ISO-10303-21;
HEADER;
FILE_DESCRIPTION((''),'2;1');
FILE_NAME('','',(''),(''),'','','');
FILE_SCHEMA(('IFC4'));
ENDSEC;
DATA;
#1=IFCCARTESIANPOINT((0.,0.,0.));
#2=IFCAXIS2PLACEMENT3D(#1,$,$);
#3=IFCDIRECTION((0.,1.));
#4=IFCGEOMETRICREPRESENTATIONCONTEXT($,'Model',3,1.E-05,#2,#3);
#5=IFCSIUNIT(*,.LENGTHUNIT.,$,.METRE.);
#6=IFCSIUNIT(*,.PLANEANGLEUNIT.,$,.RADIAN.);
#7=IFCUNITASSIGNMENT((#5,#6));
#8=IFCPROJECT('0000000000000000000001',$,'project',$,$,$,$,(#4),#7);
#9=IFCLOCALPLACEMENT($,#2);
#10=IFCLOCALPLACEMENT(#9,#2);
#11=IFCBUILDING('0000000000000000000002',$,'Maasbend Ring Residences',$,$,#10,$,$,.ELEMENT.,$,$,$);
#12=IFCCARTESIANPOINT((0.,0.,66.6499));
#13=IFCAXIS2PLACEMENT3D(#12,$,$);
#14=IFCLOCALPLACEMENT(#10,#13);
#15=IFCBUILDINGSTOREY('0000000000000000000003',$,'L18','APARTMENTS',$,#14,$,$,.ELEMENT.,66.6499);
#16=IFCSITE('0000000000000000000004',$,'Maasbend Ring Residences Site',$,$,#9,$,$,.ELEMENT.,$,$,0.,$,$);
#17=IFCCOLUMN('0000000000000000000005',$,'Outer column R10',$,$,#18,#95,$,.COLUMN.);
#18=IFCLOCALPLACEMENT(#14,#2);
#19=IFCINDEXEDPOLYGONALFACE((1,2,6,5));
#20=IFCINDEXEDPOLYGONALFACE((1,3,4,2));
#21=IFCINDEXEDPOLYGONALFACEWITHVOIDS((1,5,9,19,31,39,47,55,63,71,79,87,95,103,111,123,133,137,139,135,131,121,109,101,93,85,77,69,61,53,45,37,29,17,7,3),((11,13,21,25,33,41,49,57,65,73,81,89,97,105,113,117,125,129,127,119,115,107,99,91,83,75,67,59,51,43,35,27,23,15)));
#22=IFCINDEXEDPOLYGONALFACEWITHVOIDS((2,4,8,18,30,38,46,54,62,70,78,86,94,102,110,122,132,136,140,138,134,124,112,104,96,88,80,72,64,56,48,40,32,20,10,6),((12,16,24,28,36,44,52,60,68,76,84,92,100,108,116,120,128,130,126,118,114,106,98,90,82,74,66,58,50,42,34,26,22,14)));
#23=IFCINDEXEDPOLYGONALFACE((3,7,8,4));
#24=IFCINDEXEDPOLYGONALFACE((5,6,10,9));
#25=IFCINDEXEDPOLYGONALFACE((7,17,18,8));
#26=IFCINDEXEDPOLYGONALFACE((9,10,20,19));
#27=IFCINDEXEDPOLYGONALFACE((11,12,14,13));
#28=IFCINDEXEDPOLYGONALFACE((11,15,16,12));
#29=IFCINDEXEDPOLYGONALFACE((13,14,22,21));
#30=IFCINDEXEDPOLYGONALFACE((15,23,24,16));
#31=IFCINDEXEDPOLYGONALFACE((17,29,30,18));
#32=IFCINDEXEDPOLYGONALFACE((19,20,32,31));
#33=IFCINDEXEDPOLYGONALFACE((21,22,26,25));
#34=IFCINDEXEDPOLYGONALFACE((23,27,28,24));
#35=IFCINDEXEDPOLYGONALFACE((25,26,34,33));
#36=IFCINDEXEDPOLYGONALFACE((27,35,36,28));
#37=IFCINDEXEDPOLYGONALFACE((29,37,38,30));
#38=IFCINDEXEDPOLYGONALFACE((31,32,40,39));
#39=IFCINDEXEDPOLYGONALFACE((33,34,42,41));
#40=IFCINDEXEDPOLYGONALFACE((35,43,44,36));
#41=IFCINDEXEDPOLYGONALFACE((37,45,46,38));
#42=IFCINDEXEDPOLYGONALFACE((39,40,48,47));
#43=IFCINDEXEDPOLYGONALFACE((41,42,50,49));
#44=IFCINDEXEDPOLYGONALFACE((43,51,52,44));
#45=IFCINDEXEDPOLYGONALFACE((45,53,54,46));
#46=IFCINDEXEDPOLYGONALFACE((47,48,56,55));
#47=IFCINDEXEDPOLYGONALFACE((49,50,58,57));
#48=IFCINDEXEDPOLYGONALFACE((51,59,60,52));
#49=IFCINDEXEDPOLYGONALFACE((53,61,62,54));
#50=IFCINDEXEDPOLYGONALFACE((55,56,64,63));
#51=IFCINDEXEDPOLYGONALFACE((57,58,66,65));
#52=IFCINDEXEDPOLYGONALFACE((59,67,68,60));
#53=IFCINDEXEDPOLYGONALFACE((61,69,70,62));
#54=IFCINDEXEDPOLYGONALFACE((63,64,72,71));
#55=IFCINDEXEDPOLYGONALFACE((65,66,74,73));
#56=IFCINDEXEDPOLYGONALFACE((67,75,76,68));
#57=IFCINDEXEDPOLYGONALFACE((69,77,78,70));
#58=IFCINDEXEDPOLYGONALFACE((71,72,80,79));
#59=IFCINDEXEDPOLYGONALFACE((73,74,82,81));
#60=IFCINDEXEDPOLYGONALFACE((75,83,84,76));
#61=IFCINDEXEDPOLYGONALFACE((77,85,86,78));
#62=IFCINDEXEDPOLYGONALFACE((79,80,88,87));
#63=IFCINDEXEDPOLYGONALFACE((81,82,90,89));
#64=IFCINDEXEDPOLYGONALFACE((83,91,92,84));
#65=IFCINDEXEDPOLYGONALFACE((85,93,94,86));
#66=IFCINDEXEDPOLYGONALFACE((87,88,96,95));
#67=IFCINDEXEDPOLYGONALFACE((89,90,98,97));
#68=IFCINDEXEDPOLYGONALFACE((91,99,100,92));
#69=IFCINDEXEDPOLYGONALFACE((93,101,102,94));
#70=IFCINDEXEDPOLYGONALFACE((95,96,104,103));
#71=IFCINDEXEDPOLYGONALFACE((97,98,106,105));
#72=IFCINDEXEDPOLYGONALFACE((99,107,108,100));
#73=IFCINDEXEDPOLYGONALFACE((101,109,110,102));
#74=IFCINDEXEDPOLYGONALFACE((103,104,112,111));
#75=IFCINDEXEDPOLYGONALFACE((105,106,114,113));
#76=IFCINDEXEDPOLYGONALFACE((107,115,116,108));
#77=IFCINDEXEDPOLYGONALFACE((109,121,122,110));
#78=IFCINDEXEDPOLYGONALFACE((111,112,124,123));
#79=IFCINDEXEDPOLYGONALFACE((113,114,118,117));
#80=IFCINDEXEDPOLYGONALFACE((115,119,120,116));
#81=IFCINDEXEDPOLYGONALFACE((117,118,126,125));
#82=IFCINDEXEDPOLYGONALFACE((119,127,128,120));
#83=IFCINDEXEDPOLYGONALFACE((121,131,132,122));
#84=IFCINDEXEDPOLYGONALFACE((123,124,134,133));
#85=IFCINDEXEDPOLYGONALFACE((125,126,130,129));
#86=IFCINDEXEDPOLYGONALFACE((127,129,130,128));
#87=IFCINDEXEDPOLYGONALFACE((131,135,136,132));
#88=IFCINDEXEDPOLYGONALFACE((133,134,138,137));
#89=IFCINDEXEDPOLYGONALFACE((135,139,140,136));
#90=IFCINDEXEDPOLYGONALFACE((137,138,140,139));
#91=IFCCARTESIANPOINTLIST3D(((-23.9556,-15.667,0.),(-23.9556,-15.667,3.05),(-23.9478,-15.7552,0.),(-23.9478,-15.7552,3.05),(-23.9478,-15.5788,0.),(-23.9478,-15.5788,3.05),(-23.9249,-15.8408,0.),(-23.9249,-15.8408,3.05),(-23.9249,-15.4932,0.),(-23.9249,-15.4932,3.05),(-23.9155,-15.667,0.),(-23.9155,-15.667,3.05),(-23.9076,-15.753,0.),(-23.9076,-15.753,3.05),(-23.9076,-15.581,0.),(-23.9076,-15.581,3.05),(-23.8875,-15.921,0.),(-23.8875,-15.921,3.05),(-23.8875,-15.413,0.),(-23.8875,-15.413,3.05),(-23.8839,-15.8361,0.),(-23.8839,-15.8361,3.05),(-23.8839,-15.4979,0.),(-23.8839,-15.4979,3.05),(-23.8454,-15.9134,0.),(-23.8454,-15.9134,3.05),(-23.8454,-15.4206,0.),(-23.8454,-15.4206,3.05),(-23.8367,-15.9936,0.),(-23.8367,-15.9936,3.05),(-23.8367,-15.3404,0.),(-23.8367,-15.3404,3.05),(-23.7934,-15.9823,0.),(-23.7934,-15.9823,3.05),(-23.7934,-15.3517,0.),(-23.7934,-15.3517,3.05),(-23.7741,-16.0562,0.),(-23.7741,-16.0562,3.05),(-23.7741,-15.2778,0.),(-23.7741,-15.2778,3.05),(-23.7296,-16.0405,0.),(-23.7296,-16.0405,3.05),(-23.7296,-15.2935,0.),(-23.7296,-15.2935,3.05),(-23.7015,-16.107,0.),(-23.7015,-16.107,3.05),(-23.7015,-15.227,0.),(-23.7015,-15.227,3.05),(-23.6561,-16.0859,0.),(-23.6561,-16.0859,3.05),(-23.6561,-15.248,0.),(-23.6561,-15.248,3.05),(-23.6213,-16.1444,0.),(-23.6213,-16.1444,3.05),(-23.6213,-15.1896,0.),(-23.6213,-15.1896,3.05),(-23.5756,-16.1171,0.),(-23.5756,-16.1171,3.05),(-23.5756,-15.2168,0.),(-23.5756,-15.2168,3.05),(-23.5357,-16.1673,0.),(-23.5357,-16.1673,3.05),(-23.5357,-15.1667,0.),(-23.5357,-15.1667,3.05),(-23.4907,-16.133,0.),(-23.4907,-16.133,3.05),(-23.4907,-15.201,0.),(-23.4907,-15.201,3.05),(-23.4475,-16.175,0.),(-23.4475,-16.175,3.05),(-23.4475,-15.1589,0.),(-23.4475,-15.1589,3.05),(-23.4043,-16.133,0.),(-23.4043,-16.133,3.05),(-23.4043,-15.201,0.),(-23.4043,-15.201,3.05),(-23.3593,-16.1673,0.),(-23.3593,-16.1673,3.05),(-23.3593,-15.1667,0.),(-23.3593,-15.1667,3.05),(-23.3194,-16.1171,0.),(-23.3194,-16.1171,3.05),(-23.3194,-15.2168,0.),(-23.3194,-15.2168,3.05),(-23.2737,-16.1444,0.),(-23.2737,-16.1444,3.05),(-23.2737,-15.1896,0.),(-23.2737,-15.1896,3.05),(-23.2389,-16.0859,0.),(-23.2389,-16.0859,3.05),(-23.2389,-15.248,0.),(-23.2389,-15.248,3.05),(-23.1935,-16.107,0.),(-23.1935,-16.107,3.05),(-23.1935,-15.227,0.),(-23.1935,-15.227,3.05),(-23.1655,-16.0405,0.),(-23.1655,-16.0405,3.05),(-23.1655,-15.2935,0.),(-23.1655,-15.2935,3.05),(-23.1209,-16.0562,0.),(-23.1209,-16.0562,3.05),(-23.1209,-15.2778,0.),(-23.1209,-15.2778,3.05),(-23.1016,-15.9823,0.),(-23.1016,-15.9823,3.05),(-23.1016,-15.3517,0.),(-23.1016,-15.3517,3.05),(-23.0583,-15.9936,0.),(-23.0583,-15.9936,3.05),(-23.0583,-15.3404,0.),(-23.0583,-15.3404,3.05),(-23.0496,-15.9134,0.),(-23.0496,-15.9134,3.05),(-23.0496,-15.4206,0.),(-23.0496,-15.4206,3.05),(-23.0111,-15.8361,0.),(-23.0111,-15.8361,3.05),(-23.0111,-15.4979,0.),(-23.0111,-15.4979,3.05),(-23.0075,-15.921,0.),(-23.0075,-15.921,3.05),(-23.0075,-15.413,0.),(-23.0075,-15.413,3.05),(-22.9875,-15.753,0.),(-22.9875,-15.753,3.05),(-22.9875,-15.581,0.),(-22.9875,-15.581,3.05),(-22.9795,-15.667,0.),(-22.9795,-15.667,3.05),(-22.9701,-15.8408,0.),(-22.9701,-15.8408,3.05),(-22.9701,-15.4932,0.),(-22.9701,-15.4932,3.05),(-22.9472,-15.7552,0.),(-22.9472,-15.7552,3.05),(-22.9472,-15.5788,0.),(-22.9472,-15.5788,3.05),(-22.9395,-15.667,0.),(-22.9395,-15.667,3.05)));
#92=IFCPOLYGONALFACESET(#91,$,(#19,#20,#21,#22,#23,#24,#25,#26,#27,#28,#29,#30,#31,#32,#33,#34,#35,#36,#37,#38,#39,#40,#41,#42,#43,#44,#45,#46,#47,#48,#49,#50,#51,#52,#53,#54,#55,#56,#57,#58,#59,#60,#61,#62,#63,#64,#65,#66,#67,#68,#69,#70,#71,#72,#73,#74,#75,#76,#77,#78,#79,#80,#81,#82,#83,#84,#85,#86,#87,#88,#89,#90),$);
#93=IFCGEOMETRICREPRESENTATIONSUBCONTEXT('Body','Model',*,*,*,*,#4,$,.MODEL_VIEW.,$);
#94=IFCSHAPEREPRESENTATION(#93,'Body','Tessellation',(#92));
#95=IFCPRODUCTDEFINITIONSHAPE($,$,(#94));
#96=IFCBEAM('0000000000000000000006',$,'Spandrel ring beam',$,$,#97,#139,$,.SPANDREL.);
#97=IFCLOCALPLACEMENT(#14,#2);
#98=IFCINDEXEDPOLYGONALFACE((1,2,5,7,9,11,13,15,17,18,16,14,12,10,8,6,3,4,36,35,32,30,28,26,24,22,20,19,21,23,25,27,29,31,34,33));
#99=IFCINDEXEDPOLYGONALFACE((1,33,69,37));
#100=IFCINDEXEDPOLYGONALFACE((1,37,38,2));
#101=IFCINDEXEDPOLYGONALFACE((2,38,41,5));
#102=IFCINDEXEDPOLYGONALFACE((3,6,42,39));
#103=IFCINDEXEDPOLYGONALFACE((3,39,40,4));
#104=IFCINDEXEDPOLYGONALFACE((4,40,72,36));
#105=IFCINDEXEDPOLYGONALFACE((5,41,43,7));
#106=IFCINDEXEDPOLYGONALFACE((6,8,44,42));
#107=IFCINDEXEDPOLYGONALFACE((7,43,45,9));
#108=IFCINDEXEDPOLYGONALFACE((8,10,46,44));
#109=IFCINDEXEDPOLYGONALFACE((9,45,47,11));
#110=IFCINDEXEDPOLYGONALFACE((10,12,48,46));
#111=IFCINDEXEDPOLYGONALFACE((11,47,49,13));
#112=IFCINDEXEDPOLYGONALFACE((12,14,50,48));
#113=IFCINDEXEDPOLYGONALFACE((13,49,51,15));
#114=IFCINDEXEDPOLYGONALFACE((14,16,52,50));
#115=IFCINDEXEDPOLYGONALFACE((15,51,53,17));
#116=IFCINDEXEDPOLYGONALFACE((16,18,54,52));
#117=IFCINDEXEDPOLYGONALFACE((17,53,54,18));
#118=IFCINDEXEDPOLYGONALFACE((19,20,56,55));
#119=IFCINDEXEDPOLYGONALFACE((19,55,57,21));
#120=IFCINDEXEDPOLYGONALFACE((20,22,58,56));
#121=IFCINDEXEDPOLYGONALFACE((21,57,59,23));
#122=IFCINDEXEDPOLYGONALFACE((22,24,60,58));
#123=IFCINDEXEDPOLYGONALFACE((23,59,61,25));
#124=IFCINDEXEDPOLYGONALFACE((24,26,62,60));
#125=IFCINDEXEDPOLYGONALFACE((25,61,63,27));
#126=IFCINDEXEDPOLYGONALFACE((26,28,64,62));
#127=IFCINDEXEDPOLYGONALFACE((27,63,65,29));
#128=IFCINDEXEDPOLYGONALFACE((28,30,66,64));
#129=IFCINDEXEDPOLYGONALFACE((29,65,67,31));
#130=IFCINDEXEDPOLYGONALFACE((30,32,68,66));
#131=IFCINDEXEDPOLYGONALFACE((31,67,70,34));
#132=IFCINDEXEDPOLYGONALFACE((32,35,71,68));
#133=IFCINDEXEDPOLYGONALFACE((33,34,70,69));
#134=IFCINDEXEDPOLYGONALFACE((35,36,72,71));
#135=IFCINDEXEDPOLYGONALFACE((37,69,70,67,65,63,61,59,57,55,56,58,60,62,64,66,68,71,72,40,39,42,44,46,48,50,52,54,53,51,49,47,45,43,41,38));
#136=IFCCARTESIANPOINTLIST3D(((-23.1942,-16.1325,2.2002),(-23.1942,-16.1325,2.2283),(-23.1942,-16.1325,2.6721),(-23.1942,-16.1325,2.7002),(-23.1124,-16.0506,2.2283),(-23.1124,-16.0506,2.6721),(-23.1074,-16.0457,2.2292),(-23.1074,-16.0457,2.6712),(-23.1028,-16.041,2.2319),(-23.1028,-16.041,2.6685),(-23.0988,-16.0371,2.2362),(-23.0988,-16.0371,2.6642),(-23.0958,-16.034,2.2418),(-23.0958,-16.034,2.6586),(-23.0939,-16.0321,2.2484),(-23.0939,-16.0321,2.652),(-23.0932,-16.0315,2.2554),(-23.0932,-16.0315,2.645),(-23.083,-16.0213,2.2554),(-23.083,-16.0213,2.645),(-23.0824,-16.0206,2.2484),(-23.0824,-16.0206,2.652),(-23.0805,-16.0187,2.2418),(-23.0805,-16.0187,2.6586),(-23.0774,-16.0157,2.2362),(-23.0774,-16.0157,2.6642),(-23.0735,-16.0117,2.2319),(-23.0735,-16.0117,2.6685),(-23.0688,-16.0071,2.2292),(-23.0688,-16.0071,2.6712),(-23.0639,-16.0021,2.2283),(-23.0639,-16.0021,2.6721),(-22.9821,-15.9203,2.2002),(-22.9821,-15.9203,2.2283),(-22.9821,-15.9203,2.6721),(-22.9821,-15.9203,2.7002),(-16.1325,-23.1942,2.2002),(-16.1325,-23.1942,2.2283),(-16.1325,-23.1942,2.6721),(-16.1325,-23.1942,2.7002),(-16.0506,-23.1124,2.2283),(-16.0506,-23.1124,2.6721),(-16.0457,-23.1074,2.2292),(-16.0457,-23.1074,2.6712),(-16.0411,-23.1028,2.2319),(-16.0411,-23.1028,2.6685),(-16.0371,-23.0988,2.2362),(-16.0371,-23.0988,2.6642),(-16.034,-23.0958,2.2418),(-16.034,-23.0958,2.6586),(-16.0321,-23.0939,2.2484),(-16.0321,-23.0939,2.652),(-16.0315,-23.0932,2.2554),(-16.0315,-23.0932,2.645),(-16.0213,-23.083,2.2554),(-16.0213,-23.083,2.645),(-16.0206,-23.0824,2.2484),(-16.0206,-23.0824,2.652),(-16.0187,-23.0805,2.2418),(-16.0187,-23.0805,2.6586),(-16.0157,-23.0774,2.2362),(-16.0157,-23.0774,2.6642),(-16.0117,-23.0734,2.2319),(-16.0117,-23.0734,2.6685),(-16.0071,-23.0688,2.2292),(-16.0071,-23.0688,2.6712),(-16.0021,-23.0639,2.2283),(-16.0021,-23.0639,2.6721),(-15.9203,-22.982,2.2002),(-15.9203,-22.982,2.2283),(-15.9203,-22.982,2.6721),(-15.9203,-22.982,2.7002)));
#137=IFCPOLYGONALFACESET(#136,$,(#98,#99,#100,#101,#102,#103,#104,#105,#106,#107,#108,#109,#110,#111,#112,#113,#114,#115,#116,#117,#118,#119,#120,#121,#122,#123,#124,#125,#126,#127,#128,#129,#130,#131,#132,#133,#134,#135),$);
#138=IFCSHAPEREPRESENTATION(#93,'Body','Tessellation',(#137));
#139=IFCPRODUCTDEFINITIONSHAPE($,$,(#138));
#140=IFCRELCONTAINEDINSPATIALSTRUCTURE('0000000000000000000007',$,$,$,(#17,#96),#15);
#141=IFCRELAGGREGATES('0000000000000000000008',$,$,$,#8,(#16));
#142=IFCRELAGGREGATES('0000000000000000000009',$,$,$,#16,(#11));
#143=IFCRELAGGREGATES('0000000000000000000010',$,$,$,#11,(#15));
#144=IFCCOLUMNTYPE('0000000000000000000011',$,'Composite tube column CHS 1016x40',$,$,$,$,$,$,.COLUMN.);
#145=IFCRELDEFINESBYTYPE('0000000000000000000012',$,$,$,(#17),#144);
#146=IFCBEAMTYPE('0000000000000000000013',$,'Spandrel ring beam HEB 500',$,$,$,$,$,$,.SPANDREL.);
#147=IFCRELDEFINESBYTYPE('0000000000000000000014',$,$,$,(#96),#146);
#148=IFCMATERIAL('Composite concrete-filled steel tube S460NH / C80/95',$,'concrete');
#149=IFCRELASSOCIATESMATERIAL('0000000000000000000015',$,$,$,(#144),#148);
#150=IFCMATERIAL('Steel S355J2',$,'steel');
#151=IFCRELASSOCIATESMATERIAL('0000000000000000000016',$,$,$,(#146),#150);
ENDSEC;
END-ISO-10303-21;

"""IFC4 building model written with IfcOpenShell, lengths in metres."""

from ifc_helpers import new_model, si_unit, direction, frame, origin, origin_2d, place, context, subcontext, project, spatial, hollow_circle, i_section, extrude, material, material_profile, profile_set, type_object, element, save


model = new_model("IFC4")

# Units and contexts
model_context = context("Model", 3, precision=1e-05, world=origin(), true_north=direction((0.0, 1.0)))
body_context = subcontext(model_context, "Body", "Model", "MODEL_VIEW")
ifc_project = project(units=[si_unit("LENGTHUNIT", "METRE"), si_unit("PLANEANGLEUNIT", "RADIAN")], contexts=[model_context])

# Site, building, storey
site_placement = place(None, origin())
site = spatial("IfcSite", under=ifc_project, at=site_placement, Name="Maasbend Ring Residences Site", CompositionType="ELEMENT", RefElevation=0.0)
building_placement = place(site_placement, origin())
building = spatial("IfcBuilding", under=site, at=building_placement, Name="Maasbend Ring Residences", CompositionType="ELEMENT")
storey_placement = place(building_placement, frame((0.0, 0.0, 66.6499)))
storey = spatial("IfcBuildingStorey", under=building, at=storey_placement, Name="L18", Description="APARTMENTS", CompositionType="ELEMENT", Elevation=66.6499)

# Column
ifc_material_1 = material(Name="Composite concrete-filled steel tube S460NH / C80/95", Category="concrete")
ifc_material_profile_1 = material_profile(ifc_material_1, hollow_circle(Radius=0.5081, WallThickness=0.04, at=origin_2d()), Name="Composite tube column CHS 1016x40")
ifc_profile_set_1 = profile_set([ifc_material_profile_1], Name="Composite concrete-filled steel tube S460NH / C80/95")
column_type = type_object("IfcColumnType", Name="Composite tube column CHS 1016x40", PredefinedType="COLUMN", material=ifc_profile_set_1)
column_placement = place(storey_placement, frame((-23.4475, -15.667, 0.0), z_axis=(0.0, 0.0, 1.0), x_axis=(1.0, 0.0, 0.0)))
element("IfcColumn", 1, at=column_placement, inside=storey, type_object=column_type, Name="Outer column R10", PredefinedType="COLUMN", context=body_context, shape_type="SweptSolid", body=[
    extrude(hollow_circle(Radius=0.5081, WallThickness=0.04, at=origin_2d()), origin(), (0.0, 0.0, 1.0), 3.05),
])

# Beam
ifc_material_2 = material(Name="Steel S355J2", Category="steel")
ifc_material_profile_2 = material_profile(ifc_material_2, i_section(OverallWidth=0.3, OverallDepth=0.5, WebThickness=0.0144, FlangeThickness=0.0281, FilletRadius=0.0271, at=origin_2d()), Name="HEB 500")
ifc_profile_set_2 = profile_set([ifc_material_profile_2], Name="Steel S355J2")
beam_type = type_object("IfcBeamType", Name="Spandrel ring beam HEB 500", PredefinedType="SPANDREL", material=ifc_profile_set_2)
beam_placement = place(storey_placement, frame((-23.0881, -16.0264, 2.4502), z_axis=(0.707107, -0.707107, 0.0), x_axis=(0.707107, 0.707107, 0.0)))
element("IfcBeam", 2, at=beam_placement, inside=storey, type_object=beam_type, Name="Spandrel ring beam", PredefinedType="SPANDREL", context=body_context, shape_type="SweptSolid", body=[
    extrude(i_section(OverallWidth=0.3, OverallDepth=0.5, WebThickness=0.0144, FlangeThickness=0.0281, FilletRadius=0.0271, at=origin_2d()), origin(), (0.0, 0.0, 1.0), 9.9868),
])

save(model, "model.ifc")
